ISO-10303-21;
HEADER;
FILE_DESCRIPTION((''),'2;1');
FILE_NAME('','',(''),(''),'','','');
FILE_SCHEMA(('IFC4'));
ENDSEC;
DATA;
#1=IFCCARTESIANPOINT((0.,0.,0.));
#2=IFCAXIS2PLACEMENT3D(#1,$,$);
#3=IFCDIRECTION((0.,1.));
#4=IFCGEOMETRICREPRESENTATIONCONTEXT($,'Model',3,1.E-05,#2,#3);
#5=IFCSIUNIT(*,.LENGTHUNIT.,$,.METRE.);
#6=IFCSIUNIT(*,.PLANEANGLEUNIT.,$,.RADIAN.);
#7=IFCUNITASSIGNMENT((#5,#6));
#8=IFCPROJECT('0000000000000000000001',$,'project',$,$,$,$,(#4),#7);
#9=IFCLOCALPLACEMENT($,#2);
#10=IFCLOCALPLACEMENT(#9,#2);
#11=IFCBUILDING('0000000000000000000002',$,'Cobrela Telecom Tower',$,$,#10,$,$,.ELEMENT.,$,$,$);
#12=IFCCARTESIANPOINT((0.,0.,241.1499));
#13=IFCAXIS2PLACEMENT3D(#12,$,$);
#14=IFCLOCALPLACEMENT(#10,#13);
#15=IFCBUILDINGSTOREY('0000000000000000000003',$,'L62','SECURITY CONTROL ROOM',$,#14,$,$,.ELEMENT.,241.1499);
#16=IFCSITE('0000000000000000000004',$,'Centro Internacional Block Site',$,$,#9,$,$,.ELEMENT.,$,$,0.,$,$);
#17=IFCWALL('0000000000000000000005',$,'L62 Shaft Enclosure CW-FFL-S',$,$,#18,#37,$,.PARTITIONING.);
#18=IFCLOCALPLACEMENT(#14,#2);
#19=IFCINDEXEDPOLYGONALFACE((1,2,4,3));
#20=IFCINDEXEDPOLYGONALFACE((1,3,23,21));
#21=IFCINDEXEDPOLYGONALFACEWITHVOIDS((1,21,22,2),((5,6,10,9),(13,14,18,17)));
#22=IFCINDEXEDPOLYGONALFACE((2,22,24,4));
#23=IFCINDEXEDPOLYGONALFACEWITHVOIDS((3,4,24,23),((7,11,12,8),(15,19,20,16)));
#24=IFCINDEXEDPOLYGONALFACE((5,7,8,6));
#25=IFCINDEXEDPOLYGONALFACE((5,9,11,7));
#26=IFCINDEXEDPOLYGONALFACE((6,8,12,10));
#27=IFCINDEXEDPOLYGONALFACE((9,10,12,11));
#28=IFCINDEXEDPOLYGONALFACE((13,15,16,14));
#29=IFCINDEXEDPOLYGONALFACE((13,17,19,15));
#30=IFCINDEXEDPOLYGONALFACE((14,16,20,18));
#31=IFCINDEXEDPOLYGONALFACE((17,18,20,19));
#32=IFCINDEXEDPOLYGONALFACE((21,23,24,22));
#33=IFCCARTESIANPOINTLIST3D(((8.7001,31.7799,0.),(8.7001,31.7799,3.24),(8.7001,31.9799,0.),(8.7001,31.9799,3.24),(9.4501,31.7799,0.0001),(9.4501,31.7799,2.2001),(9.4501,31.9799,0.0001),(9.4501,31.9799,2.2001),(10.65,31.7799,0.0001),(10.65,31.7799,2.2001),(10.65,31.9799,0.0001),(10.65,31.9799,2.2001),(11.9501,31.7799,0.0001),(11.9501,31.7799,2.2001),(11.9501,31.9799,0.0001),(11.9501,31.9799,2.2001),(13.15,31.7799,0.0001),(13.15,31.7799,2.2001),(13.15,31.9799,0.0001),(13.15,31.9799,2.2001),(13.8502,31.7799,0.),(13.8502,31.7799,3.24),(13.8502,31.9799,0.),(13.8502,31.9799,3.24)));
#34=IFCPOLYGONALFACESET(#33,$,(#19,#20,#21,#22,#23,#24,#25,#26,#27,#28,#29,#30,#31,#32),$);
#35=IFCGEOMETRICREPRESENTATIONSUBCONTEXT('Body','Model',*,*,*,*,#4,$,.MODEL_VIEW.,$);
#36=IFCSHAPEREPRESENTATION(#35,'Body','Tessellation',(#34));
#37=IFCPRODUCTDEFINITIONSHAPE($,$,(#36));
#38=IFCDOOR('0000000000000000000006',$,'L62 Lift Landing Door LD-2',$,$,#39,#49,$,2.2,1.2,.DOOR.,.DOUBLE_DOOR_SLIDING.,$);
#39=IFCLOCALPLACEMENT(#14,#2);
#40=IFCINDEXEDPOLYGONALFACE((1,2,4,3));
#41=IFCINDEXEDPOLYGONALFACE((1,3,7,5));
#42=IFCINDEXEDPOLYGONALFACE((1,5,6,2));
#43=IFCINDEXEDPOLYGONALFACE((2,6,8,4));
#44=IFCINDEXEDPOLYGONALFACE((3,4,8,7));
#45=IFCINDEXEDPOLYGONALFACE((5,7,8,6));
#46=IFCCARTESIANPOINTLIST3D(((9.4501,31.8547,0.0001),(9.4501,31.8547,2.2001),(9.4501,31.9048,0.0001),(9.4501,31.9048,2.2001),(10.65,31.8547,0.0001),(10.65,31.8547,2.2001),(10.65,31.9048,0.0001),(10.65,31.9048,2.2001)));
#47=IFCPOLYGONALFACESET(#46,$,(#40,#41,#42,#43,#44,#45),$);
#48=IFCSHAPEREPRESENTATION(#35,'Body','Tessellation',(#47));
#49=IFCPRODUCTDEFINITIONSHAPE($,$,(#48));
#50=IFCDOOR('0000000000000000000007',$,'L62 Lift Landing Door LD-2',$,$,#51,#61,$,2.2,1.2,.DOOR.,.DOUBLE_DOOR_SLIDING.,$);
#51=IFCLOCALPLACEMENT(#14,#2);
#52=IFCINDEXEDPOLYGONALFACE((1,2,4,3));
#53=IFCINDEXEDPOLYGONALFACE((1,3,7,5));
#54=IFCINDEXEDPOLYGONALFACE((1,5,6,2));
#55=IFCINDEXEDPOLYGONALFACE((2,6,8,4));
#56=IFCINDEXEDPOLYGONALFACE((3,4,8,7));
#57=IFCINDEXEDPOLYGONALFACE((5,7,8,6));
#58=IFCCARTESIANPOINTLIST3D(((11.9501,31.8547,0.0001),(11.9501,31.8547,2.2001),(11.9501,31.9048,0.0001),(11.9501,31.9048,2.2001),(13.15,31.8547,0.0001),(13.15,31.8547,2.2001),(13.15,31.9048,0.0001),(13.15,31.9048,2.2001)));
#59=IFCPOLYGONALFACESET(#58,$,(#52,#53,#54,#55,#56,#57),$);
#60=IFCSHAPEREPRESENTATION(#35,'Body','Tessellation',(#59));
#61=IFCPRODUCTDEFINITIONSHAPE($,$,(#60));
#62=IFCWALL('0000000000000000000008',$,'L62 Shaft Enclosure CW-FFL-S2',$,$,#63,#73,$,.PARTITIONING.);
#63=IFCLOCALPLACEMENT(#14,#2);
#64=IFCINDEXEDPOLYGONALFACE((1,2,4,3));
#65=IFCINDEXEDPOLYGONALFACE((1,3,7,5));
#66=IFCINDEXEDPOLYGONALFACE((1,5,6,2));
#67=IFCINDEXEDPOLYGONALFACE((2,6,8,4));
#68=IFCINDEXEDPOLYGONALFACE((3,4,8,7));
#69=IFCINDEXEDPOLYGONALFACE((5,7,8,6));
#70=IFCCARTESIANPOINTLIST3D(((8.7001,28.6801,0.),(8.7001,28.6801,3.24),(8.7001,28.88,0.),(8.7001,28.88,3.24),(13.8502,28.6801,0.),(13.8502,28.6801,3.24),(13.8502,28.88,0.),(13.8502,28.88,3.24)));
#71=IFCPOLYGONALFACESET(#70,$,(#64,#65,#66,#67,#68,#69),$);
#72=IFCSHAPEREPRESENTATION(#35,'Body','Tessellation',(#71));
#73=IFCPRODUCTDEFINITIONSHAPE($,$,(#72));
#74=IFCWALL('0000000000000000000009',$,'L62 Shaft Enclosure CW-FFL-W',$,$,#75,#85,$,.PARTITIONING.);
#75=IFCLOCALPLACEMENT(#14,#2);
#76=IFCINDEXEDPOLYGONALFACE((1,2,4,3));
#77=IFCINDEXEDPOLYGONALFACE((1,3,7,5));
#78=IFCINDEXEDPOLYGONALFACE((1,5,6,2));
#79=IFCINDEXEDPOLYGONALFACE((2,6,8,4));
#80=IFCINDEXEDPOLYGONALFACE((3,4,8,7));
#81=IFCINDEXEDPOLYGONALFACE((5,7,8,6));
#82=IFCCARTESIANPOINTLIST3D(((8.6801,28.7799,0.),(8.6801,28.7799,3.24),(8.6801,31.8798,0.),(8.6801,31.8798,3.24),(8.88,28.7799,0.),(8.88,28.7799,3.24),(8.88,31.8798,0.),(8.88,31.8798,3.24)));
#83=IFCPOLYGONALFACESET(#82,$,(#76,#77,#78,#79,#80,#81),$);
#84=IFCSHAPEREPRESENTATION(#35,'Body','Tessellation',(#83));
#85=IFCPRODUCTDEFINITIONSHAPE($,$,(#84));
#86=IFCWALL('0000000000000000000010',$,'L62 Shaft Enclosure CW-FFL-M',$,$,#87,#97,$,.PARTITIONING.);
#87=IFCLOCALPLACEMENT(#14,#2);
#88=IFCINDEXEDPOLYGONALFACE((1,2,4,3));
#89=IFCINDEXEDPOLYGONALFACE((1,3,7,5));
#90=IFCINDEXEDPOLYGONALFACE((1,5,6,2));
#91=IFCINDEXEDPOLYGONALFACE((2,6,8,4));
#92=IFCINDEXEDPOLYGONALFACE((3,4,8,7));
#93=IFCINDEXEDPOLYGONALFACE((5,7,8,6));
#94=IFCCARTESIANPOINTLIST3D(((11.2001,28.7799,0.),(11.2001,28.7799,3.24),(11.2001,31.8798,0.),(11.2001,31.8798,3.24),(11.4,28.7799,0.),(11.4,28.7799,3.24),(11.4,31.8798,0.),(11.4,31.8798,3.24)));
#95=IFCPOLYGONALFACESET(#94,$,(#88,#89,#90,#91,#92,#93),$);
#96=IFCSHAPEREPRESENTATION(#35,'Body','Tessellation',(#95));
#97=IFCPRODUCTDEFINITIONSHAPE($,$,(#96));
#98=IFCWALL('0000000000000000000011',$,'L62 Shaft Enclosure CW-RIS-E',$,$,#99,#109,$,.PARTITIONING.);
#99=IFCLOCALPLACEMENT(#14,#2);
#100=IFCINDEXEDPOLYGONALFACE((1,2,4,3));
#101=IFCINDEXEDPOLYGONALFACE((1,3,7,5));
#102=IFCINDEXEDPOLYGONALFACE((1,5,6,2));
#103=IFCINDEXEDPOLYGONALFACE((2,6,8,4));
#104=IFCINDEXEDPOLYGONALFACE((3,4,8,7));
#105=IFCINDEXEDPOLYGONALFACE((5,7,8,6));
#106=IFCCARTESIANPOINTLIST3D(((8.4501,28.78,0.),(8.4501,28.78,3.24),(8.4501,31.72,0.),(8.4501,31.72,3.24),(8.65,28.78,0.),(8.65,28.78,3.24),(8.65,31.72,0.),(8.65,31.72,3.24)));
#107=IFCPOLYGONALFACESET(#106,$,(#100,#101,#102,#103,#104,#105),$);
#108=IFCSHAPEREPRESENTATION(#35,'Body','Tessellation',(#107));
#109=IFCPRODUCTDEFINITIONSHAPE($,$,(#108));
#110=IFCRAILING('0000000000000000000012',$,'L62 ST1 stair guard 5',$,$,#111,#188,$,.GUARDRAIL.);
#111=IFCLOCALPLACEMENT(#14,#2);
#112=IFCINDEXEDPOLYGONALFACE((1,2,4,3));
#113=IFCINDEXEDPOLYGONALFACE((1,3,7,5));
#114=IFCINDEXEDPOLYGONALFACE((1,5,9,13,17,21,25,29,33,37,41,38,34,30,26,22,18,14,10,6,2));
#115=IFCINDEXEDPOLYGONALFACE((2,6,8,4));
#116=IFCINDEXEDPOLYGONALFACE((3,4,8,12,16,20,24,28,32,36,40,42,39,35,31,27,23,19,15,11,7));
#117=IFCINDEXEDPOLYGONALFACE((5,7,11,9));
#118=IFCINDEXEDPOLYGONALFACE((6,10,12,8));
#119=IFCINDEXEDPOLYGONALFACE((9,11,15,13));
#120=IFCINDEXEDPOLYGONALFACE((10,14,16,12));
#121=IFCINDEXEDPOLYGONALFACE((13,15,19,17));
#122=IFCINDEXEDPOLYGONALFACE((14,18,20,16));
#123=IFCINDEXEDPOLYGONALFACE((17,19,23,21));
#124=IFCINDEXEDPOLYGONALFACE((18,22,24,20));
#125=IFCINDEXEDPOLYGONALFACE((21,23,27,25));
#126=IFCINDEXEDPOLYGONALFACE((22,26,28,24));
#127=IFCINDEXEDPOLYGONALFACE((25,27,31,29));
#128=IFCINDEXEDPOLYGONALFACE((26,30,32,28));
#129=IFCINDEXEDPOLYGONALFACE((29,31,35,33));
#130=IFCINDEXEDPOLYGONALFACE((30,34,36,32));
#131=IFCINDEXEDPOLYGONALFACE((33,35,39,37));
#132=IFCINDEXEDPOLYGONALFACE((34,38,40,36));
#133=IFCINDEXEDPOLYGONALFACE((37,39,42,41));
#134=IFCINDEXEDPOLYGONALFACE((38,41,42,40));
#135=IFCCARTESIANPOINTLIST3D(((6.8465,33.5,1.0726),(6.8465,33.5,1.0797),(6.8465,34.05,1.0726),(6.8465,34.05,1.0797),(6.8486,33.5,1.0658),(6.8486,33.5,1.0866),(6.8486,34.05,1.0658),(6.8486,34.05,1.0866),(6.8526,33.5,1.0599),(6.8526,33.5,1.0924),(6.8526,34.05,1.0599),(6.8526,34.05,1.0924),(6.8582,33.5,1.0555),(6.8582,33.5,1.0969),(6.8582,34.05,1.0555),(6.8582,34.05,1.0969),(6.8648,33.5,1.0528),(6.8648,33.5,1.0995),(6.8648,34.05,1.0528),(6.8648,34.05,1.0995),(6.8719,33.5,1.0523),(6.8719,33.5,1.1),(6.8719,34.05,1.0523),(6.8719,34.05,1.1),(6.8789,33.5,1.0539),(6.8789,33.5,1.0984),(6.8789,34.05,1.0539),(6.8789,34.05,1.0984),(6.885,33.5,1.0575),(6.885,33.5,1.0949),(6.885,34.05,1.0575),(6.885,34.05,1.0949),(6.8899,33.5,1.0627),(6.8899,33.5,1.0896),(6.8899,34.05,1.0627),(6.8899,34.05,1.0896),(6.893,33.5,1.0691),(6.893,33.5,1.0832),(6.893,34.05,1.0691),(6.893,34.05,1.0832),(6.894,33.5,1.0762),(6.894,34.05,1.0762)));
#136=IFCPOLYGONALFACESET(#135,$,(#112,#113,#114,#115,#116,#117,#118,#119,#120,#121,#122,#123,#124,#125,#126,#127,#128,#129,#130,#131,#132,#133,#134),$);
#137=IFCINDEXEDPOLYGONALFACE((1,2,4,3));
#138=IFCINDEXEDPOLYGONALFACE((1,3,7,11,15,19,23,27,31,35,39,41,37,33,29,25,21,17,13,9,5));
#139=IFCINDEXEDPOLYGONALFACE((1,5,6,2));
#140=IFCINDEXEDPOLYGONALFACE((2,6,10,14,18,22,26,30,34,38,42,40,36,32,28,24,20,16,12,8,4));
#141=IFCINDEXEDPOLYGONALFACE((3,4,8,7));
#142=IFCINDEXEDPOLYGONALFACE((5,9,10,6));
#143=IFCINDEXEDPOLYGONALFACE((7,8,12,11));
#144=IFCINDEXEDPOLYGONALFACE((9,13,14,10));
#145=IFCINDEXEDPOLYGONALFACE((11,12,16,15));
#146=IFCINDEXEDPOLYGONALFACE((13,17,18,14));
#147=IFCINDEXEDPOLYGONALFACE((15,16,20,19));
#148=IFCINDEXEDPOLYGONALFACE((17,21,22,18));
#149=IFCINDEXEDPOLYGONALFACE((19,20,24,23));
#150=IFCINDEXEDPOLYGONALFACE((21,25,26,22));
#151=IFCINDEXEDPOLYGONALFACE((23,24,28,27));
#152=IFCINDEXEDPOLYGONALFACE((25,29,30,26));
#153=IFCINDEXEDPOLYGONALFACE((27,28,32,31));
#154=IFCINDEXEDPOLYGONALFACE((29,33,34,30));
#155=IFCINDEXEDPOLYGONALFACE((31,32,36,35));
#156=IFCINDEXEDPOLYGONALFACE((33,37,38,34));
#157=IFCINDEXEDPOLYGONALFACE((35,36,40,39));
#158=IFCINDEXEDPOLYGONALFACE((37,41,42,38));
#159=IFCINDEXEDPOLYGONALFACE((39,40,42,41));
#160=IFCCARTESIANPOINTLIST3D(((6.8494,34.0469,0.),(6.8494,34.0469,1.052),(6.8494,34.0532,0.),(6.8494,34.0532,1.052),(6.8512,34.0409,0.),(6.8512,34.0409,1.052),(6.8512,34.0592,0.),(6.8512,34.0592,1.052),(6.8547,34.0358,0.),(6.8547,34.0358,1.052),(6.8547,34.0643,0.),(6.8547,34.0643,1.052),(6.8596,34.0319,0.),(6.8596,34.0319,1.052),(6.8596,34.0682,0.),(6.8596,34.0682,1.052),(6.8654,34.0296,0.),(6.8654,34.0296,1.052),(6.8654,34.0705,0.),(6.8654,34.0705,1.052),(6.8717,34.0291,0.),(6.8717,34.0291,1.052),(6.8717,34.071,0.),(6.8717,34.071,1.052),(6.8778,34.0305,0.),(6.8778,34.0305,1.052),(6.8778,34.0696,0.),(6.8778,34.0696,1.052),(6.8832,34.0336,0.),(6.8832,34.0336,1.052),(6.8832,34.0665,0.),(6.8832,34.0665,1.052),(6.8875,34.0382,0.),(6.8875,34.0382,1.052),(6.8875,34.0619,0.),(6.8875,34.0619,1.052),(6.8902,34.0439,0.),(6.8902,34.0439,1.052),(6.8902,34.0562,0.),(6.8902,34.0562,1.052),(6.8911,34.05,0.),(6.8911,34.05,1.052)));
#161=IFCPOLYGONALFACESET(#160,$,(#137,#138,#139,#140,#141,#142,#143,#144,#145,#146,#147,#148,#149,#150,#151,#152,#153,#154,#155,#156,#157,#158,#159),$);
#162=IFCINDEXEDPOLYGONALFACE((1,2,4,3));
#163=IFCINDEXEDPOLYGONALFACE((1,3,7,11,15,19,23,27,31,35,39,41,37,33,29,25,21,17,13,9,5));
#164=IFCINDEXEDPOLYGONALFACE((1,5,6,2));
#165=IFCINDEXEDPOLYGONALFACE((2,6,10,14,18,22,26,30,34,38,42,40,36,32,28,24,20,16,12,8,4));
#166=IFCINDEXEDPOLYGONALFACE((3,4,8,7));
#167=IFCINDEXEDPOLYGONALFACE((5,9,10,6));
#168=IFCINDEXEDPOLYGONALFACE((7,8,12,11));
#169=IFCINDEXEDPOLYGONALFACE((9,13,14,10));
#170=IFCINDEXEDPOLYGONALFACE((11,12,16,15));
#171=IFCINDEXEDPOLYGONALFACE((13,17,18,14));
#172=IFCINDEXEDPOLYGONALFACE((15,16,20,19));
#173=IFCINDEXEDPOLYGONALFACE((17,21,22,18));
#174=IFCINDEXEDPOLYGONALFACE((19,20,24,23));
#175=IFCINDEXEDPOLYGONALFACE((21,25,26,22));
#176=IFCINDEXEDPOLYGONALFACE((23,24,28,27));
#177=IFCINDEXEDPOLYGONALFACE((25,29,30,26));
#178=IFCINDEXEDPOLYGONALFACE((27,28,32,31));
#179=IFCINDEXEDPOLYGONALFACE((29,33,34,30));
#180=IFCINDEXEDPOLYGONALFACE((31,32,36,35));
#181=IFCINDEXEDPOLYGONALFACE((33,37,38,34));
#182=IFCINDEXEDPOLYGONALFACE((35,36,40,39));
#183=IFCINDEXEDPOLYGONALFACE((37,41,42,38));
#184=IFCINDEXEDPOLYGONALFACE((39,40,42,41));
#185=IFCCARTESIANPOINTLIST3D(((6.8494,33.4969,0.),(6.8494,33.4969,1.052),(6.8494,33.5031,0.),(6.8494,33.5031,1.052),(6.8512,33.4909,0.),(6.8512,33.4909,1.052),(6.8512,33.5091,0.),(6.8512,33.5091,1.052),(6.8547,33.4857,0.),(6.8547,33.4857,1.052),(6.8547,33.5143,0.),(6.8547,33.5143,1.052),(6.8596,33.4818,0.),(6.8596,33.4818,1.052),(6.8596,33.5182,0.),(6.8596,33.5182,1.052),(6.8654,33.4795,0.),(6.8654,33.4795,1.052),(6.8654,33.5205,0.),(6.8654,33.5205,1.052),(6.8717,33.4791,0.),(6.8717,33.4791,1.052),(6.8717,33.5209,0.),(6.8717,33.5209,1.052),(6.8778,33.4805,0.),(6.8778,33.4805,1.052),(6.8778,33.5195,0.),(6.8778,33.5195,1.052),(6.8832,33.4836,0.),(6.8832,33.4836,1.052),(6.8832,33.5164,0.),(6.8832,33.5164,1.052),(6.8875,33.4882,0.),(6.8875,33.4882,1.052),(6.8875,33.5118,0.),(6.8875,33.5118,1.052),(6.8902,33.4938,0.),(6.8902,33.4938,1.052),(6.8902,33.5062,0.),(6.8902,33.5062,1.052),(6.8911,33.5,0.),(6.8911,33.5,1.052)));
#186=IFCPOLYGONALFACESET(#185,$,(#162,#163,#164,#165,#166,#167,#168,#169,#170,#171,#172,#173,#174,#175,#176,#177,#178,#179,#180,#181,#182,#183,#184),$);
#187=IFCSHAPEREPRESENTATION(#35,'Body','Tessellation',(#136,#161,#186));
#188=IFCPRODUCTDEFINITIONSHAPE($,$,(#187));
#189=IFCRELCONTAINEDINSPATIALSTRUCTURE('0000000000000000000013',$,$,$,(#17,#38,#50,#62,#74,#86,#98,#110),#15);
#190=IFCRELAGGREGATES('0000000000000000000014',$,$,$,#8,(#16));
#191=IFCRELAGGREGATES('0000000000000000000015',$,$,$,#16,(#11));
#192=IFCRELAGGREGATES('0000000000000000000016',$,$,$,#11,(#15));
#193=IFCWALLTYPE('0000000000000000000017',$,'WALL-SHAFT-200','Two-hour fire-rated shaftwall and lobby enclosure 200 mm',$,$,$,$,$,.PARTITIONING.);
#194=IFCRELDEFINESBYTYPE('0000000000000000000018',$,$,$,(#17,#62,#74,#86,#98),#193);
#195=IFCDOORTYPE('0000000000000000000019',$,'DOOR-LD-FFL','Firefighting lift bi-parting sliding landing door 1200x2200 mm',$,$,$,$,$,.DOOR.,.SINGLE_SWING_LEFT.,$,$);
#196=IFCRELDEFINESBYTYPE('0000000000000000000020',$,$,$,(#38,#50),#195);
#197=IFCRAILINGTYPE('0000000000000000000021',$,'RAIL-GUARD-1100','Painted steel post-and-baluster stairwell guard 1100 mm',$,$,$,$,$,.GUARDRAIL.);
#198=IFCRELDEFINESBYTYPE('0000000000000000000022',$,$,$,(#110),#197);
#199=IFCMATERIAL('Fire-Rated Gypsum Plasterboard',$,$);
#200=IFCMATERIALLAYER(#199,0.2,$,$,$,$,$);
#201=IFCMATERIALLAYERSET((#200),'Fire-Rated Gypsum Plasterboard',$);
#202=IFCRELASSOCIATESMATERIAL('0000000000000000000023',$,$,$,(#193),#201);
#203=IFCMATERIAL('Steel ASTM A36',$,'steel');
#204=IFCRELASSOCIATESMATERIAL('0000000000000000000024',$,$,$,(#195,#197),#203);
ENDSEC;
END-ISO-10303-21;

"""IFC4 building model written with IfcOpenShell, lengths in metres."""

from ifc_helpers import new_model, si_unit, direction, frame, frame_2d, origin, origin_2d, place, context, subcontext, project, spatial, rectangle, circle, extrude, material, layer, layer_set, type_object, element, fill, save


model = new_model("IFC4")

# Units and contexts
model_context = context("Model", 3, precision=1e-05, world=origin(), true_north=direction((0.0, 1.0)))
body_context = subcontext(model_context, "Body", "Model", "MODEL_VIEW")
ifc_project = project(units=[si_unit("LENGTHUNIT", "METRE"), si_unit("PLANEANGLEUNIT", "RADIAN")], contexts=[model_context])

# Site, building, storey
site_placement = place(None, origin())
site = spatial("IfcSite", under=ifc_project, at=site_placement, Name="Centro Internacional Block Site", CompositionType="ELEMENT", RefElevation=0.0)
building_placement = place(site_placement, origin())
building = spatial("IfcBuilding", under=site, at=building_placement, Name="Cobrela Telecom Tower", CompositionType="ELEMENT")
storey_placement = place(building_placement, frame((0.0, 0.0, 241.1499)))
storey = spatial("IfcBuildingStorey", under=building, at=storey_placement, Name="L62", Description="SECURITY CONTROL ROOM", CompositionType="ELEMENT", Elevation=241.1499)

# Shared definitions
ifc_material_1 = material(Name="Steel ASTM A36", Category="steel")

# Shared definitions
ifc_material_2 = material(Name="Fire-Rated Gypsum Plasterboard")

# Wall, openings, doors
ifc_layer_1 = layer(ifc_material_2, 0.2)
ifc_layer_set_1 = layer_set([ifc_layer_1], Name="Fire-Rated Gypsum Plasterboard")
wall_type_1 = type_object("IfcWallType", Name="WALL-SHAFT-200", Description="Two-hour fire-rated shaftwall and lobby enclosure 200 mm", PredefinedType="PARTITIONING", material=ifc_layer_set_1)
wall_1_placement = place(storey_placement, frame((8.7, 31.8799, 0.0), z_axis=(0.0, 0.0, 1.0), x_axis=(1.0, 0.0, 0.0)))
wall_1 = element("IfcWall", 1, at=wall_1_placement, inside=storey, type_object=wall_type_1, Name="L62 Shaft Enclosure CW-FFL-S", PredefinedType="PARTITIONING", context=body_context, shape_type="SweptSolid", body=[
    extrude(rectangle(XDim=5.1501, YDim=0.2, at=frame_2d((2.5752, 0.0))), origin(), (0.0, 0.0, 1.0), 3.24),
])
opening_1_placement = place(wall_1_placement, frame((0.75, 0.0, 0.0)))
opening_1 = element("IfcOpeningElement", 2, at=opening_1_placement, cuts=wall_1, PredefinedType="OPENING", context=body_context, shape_type="SweptSolid", body=[
    extrude(rectangle(XDim=1.2, YDim=2.2, at=frame_2d((0.6001, 1.1001))), frame((0.0, 0.1118, 0.0), z_axis=(0.0, -1.0, 0.0), x_axis=(1.0, 0.0, 0.0)), (0.0, 0.0, 1.0), 0.2239),
])
opening_2_placement = place(wall_1_placement, frame((3.25, 0.0, 0.0)))
opening_2 = element("IfcOpeningElement", 3, at=opening_2_placement, cuts=wall_1, PredefinedType="OPENING", context=body_context, shape_type="SweptSolid", body=[
    extrude(rectangle(XDim=1.2, YDim=2.2, at=frame_2d((0.6001, 1.1001))), frame((0.0, 0.1118, 0.0), z_axis=(0.0, -1.0, 0.0), x_axis=(1.0, 0.0, 0.0)), (0.0, 0.0, 1.0), 0.2239),
])
door_type_1 = type_object("IfcDoorType", Name="DOOR-LD-FFL", Description="Firefighting lift bi-parting sliding landing door 1200x2200 mm", OperationType="SINGLE_SWING_LEFT", PredefinedType="DOOR", material=ifc_material_1)
door_1_placement = place(opening_1_placement, origin())
door_1 = element("IfcDoor", 4, at=door_1_placement, inside=storey, type_object=door_type_1, Name="L62 Lift Landing Door LD-2", OperationType="DOUBLE_DOOR_SLIDING", OverallHeight=2.2, OverallWidth=1.2, PredefinedType="DOOR", context=body_context, shape_type="SweptSolid", body=[
    extrude(rectangle(XDim=1.2, YDim=2.2, at=frame_2d((0.6001, 1.1001))), frame((0.0, 0.0249, 0.0), z_axis=(0.0, -1.0, 0.0), x_axis=(1.0, 0.0, 0.0)), (0.0, 0.0, 1.0), 0.05),
])
fill(opening_1, door_1)
door_2_placement = place(opening_2_placement, origin())
door_2 = element("IfcDoor", 5, at=door_2_placement, inside=storey, type_object=door_type_1, Name="L62 Lift Landing Door LD-2", OperationType="DOUBLE_DOOR_SLIDING", OverallHeight=2.2, OverallWidth=1.2, PredefinedType="DOOR", context=body_context, shape_type="SweptSolid", body=[
    extrude(rectangle(XDim=1.2, YDim=2.2, at=frame_2d((0.6001, 1.1001))), frame((0.0, 0.0249, 0.0), z_axis=(0.0, -1.0, 0.0), x_axis=(1.0, 0.0, 0.0)), (0.0, 0.0, 1.0), 0.05),
])
fill(opening_2, door_2)

# Walls
wall_2_placement = place(storey_placement, frame((8.7, 28.78, 0.0), z_axis=(0.0, 0.0, 1.0), x_axis=(1.0, 0.0, 0.0)))
element("IfcWall", 6, at=wall_2_placement, inside=storey, type_object=wall_type_1, Name="L62 Shaft Enclosure CW-FFL-S2", PredefinedType="PARTITIONING", context=body_context, shape_type="SweptSolid", body=[
    extrude(rectangle(XDim=5.1501, YDim=0.2, at=frame_2d((2.5752, 0.0))), origin(), (0.0, 0.0, 1.0), 3.24),
])
for number, where, z_axis, x_axis, name in (
    (7, (8.78, 28.78, 0.0), (0.0, 0.0, 1.0), (0.0, 1.0, 0.0), "L62 Shaft Enclosure CW-FFL-W"),
    (8, (11.3, 28.78, 0.0), (0.0, 0.0, 1.0), (0.0, 1.0, 0.0), "L62 Shaft Enclosure CW-FFL-M"),
):
    element("IfcWall", number, at=place(storey_placement, frame(where, z_axis=z_axis, x_axis=x_axis)), inside=storey, type_object=wall_type_1, Name=name, PredefinedType="PARTITIONING", context=body_context, shape_type="SweptSolid", body=[
        extrude(rectangle(XDim=3.0999, YDim=0.2, at=frame_2d((1.5498, 0.0))), origin(), (0.0, 0.0, 1.0), 3.24),
    ])
wall_3_placement = place(storey_placement, frame((8.55, 28.78, 0.0), z_axis=(0.0, 0.0, 1.0), x_axis=(0.0, 1.0, 0.0)))
element("IfcWall", 9, at=wall_3_placement, inside=storey, type_object=wall_type_1, Name="L62 Shaft Enclosure CW-RIS-E", PredefinedType="PARTITIONING", context=body_context, shape_type="SweptSolid", body=[
    extrude(rectangle(XDim=2.9399, YDim=0.2, at=frame_2d((1.47, 0.0))), origin(), (0.0, 0.0, 1.0), 3.24),
])

# Railing
railing_type = type_object("IfcRailingType", Name="RAIL-GUARD-1100", Description="Painted steel post-and-baluster stairwell guard 1100 mm", PredefinedType="GUARDRAIL", material=ifc_material_1)
railing_placement = place(storey_placement, frame((6.8701, 34.05, 0.0)))
element("IfcRailing", 10, at=railing_placement, inside=storey, type_object=railing_type, Name="L62 ST1 stair guard 5", PredefinedType="GUARDRAIL", context=body_context, shape_type="SweptSolid", body=[
    extrude(circle(Radius=0.0239, at=origin_2d()), frame((0.0, 0.0, 1.0762), z_axis=(0.0, -1.0, 0.0), x_axis=(1.0, 0.0, 0.0)), (0.0, 0.0, 1.0), 0.55),
    extrude(circle(Radius=0.021, at=origin_2d()), origin(), (0.0, 0.0, 1.0), 1.052),
    extrude(circle(Radius=0.021, at=origin_2d()), frame((0.0, -0.55, 0.0)), (0.0, 0.0, 1.0), 1.052),
])

save(model, "model.ifc")
